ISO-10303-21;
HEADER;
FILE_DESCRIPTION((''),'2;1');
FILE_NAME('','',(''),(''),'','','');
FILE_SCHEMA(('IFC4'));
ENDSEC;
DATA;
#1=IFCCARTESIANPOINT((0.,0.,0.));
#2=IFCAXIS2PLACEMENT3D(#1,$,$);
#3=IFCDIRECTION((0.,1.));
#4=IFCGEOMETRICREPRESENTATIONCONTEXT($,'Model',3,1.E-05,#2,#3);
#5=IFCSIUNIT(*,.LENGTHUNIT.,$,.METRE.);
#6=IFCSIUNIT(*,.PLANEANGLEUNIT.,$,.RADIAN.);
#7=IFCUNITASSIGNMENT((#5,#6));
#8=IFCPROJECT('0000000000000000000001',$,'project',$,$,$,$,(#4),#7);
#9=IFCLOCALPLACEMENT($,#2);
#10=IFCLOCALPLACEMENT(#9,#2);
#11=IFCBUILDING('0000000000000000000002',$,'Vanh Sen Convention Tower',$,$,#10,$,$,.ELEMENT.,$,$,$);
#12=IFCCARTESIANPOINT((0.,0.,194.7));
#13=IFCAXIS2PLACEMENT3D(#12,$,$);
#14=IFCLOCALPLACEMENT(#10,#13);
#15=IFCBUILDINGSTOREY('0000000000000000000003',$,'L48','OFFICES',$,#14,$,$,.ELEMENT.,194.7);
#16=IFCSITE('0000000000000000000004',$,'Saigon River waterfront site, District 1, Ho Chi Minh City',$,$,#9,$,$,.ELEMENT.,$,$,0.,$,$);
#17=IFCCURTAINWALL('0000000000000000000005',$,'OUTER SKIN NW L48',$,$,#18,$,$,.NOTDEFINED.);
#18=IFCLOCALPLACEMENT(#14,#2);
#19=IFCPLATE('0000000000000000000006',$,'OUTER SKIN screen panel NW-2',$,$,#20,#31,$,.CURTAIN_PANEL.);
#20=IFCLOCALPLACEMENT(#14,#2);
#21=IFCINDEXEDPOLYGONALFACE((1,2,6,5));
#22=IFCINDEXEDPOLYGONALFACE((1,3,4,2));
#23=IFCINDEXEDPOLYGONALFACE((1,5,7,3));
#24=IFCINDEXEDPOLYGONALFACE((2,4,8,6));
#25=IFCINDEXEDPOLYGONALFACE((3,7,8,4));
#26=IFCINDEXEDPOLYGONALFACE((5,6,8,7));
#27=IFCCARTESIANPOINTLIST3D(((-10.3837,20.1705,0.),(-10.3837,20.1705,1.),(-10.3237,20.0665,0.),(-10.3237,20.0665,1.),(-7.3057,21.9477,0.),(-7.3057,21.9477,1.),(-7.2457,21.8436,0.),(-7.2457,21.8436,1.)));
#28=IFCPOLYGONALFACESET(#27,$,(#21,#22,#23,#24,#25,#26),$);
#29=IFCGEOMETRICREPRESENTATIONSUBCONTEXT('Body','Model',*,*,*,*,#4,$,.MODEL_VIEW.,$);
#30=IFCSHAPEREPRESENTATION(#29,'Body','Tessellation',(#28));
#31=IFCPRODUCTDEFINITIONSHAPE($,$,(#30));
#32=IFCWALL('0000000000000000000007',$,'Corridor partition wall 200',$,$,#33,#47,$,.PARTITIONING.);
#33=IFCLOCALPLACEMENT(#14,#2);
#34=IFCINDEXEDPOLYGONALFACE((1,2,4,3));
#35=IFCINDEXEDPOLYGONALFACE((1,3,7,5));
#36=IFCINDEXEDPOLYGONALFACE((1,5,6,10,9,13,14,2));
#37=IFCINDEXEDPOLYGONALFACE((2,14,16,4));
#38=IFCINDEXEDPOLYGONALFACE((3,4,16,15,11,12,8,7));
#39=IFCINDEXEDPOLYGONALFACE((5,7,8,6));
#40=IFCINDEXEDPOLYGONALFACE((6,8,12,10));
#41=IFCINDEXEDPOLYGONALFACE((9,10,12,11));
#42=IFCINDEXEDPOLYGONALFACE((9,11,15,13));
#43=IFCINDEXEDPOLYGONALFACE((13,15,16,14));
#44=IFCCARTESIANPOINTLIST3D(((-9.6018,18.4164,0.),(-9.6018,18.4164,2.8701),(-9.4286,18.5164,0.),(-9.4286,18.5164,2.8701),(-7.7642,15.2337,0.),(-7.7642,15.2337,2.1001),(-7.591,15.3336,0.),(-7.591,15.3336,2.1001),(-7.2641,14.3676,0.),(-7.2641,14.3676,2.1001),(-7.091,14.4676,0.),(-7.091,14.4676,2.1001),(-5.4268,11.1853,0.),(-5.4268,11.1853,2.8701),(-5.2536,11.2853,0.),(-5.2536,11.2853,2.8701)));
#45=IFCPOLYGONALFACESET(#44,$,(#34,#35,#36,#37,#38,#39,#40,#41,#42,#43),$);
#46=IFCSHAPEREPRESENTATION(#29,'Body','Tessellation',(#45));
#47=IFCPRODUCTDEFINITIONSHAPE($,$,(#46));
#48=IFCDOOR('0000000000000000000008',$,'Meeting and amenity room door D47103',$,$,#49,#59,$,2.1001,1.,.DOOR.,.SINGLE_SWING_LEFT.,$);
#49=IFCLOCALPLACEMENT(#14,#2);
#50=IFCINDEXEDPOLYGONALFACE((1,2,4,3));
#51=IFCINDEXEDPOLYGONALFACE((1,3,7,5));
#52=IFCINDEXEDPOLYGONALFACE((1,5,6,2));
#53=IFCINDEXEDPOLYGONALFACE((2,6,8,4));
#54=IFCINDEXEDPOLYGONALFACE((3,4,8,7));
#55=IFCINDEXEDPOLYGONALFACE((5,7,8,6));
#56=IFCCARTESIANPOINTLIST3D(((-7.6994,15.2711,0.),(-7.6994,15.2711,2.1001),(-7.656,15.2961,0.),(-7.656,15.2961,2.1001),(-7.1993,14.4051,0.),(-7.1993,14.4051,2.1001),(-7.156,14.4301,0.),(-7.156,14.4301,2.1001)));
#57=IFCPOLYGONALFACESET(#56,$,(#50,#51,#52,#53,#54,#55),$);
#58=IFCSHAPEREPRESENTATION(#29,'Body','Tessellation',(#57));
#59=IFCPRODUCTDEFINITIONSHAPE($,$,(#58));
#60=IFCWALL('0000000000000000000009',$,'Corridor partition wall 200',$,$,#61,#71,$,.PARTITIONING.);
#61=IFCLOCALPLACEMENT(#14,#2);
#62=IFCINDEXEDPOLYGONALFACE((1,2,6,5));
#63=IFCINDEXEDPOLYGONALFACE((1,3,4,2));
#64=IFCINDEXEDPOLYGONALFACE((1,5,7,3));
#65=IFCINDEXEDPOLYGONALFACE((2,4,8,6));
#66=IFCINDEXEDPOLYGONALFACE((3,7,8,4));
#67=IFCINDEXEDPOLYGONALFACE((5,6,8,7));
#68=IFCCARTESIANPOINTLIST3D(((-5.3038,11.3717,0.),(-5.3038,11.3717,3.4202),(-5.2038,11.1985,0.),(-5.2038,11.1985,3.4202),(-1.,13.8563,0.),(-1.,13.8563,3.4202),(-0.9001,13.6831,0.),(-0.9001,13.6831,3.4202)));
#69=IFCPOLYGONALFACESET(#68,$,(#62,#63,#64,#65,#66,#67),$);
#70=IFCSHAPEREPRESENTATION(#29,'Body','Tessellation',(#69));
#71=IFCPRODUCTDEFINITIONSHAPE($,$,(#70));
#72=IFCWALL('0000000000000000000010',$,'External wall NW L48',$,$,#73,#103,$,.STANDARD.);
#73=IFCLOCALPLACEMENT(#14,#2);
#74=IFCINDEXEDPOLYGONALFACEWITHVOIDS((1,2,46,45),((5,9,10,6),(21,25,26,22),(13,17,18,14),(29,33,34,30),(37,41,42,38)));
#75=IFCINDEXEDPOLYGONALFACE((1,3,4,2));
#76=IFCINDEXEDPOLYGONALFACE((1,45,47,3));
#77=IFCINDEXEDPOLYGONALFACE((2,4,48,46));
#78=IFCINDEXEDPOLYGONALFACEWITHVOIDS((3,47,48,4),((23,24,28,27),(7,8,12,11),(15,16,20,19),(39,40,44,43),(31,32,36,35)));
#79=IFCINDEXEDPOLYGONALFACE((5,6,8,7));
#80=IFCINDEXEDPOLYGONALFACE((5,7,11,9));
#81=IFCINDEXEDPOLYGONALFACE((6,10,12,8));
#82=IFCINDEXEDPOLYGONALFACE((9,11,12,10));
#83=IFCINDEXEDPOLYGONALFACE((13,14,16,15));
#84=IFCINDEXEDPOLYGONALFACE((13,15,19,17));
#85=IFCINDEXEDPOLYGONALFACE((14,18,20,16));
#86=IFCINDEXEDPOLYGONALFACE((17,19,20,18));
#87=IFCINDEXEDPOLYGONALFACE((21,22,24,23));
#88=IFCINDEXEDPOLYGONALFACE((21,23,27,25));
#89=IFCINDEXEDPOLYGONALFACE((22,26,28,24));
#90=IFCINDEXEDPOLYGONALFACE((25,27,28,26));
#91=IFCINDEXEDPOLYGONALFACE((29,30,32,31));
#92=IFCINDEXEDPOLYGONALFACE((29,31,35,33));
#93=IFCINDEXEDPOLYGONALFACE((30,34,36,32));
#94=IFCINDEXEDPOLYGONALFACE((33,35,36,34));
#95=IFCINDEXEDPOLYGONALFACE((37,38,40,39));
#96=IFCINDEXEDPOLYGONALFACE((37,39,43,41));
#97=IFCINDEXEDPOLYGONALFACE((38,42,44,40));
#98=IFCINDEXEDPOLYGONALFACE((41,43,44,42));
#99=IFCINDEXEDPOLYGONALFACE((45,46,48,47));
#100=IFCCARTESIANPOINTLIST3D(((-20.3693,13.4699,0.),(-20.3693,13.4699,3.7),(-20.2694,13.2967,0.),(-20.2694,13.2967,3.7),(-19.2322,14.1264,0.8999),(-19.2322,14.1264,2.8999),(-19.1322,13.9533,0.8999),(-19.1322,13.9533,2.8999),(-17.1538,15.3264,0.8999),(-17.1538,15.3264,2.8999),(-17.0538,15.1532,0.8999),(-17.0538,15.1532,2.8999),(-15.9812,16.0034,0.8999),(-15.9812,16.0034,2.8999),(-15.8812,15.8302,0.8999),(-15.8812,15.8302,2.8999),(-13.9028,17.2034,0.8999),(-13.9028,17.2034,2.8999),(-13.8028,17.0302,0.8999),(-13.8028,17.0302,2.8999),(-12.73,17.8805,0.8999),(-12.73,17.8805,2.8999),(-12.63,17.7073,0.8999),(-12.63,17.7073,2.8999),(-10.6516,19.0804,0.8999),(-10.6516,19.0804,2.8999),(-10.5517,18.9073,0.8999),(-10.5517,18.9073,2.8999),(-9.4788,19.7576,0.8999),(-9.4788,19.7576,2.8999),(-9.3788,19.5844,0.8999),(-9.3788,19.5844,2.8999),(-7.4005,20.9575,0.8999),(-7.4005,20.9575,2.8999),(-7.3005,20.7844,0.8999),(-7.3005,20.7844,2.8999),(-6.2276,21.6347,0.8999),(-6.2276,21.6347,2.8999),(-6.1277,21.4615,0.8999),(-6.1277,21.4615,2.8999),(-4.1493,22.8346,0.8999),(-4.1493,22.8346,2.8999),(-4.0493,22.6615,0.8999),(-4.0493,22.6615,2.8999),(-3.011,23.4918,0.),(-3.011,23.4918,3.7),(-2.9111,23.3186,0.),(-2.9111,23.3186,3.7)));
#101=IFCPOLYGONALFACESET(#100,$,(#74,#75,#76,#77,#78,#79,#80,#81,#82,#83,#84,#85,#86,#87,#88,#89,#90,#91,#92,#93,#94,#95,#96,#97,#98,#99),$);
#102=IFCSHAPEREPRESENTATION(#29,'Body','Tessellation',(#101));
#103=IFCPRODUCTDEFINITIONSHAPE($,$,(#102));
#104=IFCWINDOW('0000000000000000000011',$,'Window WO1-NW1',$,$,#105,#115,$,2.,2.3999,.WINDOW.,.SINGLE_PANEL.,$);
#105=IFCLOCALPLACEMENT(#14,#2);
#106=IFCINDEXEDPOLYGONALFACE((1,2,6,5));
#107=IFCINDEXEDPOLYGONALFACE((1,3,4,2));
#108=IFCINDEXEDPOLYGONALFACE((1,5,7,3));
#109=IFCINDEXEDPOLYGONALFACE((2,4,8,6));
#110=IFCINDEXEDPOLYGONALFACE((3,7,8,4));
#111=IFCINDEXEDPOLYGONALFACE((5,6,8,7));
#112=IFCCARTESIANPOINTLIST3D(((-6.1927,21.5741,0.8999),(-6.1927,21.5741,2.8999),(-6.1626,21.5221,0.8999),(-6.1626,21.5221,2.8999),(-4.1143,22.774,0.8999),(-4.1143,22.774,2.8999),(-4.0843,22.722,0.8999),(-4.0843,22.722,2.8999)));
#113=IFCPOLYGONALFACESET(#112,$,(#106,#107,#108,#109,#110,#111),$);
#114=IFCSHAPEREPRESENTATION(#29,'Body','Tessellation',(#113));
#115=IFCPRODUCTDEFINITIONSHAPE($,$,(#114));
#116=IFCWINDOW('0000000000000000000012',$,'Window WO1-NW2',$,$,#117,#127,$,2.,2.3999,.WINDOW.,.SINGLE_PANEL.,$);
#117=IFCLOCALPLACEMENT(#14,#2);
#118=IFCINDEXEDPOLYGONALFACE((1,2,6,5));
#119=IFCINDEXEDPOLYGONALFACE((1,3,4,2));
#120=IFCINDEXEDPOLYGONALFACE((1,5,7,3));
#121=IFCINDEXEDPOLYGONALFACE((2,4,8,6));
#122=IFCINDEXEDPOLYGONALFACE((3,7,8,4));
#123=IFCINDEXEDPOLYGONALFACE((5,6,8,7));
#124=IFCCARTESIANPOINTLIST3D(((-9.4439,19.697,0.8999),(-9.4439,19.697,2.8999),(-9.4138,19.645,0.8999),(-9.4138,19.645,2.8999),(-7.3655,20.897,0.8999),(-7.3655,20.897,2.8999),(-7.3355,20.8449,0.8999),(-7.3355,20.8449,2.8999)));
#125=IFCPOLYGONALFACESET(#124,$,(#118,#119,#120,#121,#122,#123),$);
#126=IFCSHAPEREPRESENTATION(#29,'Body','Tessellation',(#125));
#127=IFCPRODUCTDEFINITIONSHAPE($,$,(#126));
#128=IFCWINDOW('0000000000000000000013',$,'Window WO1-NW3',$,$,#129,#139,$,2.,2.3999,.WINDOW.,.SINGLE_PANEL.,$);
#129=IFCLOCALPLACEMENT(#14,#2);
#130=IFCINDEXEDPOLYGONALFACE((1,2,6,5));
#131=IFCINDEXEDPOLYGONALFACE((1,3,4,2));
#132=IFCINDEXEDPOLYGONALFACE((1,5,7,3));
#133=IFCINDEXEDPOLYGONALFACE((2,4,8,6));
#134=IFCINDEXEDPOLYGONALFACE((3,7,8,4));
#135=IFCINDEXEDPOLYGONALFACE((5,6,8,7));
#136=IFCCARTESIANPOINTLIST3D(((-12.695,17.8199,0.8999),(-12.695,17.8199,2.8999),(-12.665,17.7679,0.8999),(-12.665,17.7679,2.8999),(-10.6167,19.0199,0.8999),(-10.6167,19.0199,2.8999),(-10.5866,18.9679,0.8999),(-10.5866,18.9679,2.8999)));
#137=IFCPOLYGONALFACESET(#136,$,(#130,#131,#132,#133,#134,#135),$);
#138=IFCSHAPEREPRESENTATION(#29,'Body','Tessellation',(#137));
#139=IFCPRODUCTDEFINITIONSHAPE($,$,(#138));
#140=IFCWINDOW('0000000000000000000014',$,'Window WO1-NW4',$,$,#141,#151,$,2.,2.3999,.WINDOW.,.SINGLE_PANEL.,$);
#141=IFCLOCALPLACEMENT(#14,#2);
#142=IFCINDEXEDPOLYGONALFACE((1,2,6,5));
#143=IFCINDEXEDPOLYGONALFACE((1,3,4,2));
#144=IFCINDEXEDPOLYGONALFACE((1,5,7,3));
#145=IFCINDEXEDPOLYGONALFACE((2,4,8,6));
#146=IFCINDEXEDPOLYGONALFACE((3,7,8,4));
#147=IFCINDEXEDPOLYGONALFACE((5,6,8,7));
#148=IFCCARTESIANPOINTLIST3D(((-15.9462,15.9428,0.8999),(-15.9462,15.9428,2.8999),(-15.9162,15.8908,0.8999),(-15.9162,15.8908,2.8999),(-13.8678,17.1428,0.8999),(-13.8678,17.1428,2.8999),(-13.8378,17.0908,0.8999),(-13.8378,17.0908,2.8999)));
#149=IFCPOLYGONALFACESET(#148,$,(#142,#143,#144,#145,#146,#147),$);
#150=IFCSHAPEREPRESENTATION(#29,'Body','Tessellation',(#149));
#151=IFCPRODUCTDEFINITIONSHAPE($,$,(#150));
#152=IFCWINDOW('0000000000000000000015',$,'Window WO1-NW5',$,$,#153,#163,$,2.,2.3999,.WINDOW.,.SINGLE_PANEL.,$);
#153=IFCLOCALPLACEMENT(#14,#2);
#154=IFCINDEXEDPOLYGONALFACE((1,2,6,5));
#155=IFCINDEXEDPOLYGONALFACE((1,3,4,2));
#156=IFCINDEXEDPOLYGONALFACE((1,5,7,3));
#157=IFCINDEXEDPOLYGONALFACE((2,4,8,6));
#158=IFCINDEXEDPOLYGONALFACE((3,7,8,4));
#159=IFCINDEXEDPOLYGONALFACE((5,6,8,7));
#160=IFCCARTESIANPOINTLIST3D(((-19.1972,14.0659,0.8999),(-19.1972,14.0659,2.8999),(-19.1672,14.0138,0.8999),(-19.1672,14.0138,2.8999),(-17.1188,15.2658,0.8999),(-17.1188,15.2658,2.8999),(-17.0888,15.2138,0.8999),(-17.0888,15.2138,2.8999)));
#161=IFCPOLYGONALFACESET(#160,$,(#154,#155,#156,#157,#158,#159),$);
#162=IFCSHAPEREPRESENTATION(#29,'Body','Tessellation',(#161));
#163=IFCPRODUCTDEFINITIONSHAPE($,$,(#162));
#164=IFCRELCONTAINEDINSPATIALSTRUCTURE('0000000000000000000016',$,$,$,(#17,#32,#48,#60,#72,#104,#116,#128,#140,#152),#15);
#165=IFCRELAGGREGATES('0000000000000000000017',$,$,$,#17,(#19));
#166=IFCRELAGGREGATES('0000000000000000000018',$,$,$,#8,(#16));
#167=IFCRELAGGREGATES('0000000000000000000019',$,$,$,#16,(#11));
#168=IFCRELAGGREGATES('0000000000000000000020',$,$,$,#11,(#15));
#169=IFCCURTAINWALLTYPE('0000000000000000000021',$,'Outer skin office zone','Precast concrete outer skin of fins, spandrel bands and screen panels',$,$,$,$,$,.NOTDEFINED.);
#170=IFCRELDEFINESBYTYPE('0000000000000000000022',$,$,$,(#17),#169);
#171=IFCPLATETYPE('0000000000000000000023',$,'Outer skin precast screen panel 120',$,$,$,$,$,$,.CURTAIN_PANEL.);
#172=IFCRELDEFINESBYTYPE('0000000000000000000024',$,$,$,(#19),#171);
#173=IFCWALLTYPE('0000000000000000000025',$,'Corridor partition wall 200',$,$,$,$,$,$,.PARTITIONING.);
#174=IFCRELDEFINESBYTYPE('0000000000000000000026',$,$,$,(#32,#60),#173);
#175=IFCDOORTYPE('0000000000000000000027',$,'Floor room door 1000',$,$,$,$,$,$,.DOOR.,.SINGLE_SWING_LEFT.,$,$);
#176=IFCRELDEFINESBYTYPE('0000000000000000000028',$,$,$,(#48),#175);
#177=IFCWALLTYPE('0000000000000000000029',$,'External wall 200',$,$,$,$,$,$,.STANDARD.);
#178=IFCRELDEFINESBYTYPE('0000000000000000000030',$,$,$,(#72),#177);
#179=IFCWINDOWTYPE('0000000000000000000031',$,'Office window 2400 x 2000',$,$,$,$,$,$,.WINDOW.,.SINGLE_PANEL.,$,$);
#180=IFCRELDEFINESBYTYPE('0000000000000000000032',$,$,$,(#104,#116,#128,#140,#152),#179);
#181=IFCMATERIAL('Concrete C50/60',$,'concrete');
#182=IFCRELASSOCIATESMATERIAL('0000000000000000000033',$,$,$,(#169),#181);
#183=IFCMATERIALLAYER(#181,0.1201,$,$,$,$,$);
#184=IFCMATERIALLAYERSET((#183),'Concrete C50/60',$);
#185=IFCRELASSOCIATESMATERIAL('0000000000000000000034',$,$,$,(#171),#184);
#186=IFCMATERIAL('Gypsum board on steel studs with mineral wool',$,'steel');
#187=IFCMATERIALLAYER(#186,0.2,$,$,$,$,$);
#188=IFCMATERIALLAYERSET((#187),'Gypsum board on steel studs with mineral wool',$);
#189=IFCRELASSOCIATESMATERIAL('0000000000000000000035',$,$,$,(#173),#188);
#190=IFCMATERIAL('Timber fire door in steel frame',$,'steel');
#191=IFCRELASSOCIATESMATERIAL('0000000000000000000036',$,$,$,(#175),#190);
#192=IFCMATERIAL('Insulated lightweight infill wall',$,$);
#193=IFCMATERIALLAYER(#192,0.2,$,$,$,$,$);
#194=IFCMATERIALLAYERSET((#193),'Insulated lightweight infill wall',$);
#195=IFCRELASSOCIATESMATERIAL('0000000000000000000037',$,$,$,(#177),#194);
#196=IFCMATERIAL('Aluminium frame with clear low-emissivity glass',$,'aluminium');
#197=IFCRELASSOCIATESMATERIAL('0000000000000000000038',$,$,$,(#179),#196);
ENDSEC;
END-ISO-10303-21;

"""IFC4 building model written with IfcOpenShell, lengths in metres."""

from ifc_helpers import new_model, si_unit, direction, frame, frame_2d, origin, origin_2d, place, context, subcontext, project, spatial, rectangle, extrude, material, layer, layer_set, type_object, element, fill, aggregate, save


model = new_model("IFC4")

# Units and contexts
model_context = context("Model", 3, precision=1e-05, world=origin(), true_north=direction((0.0, 1.0)))
body_context = subcontext(model_context, "Body", "Model", "MODEL_VIEW")
ifc_project = project(units=[si_unit("LENGTHUNIT", "METRE"), si_unit("PLANEANGLEUNIT", "RADIAN")], contexts=[model_context])

# Site, building, storey
site_placement = place(None, origin())
site = spatial("IfcSite", under=ifc_project, at=site_placement, Name="Saigon River waterfront site, District 1, Ho Chi Minh City", CompositionType="ELEMENT", RefElevation=0.0)
building_placement = place(site_placement, origin())
building = spatial("IfcBuilding", under=site, at=building_placement, Name="Vanh Sen Convention Tower", CompositionType="ELEMENT")
storey_placement = place(building_placement, frame((0.0, 0.0, 194.7)))
storey = spatial("IfcBuildingStorey", under=building, at=storey_placement, Name="L48", Description="OFFICES", CompositionType="ELEMENT", Elevation=194.7)

# Curtain wall
ifc_material_1 = material(Name="Concrete C50/60", Category="concrete")
curtain_wall_type = type_object("IfcCurtainWallType", Name="Outer skin office zone", Description="Precast concrete outer skin of fins, spandrel bands and screen panels", PredefinedType="NOTDEFINED", material=ifc_material_1)
curtain_wall_1_placement = place(storey_placement, origin())
curtain_wall_1 = element("IfcCurtainWall", 1, at=curtain_wall_1_placement, inside=storey, type_object=curtain_wall_type, Name="OUTER SKIN NW L48", PredefinedType="NOTDEFINED")

# Shared definitions
ifc_layer_1 = layer(ifc_material_1, 0.1201)
ifc_layer_set_1 = layer_set([ifc_layer_1], Name="Concrete C50/60")
plate_type = type_object("IfcPlateType", Name="Outer skin precast screen panel 120", PredefinedType="CURTAIN_PANEL", material=ifc_layer_set_1)

# Plate
plate_1_placement = place(storey_placement, frame((-8.8147, 21.0071, 0.0), z_axis=(0.0, 0.0, 1.0), x_axis=(-0.866017, -0.500015, 0.0)))
plate_1 = element("IfcPlate", 2, at=plate_1_placement, type_object=plate_type, Name="OUTER SKIN screen panel NW-2", PredefinedType="CURTAIN_PANEL", context=body_context, shape_type="SweptSolid", body=[
    extrude(rectangle(XDim=3.5542, YDim=0.1201, at=origin_2d()), origin(), (0.0, 0.0, 1.0), 1.0),
])
aggregate(curtain_wall_1, [plate_1])

# Wall, opening, door
ifc_material_2 = material(Name="Gypsum board on steel studs with mineral wool", Category="steel")
ifc_layer_2 = layer(ifc_material_2, 0.2)
ifc_layer_set_2 = layer_set([ifc_layer_2], Name="Gypsum board on steel studs with mineral wool")
wall_type_1 = type_object("IfcWallType", Name="Corridor partition wall 200", PredefinedType="PARTITIONING", material=ifc_layer_set_2)
wall_1_placement = place(storey_placement, frame((-9.5151, 18.4663, 0.0), z_axis=(0.0, 0.0, 1.0), x_axis=(0.50001, -0.86602, 0.0)))
wall_1 = element("IfcWall", 3, at=wall_1_placement, inside=storey, type_object=wall_type_1, Name="Corridor partition wall 200", PredefinedType="PARTITIONING", context=body_context, shape_type="SweptSolid", body=[
    extrude(rectangle(XDim=8.3499, YDim=0.2, at=frame_2d((4.1748, 0.0))), origin(), (0.0, 0.0, 1.0), 2.8701),
])
opening_1_placement = place(wall_1_placement, frame((3.675, 0.0, 0.0)))
opening_1 = element("IfcOpeningElement", 4, at=opening_1_placement, cuts=wall_1, PredefinedType="OPENING", context=body_context, shape_type="SweptSolid", body=[
    extrude(rectangle(XDim=1.0, YDim=2.1001, at=frame_2d((0.5, 1.05))), frame((0.0, 0.1099, 0.0), z_axis=(0.0, -1.0, 0.0), x_axis=(1.0, 0.0, 0.0)), (0.0, 0.0, 1.0), 0.22),
])
ifc_material_3 = material(Name="Timber fire door in steel frame", Category="steel")
door_type = type_object("IfcDoorType", Name="Floor room door 1000", OperationType="SINGLE_SWING_LEFT", PredefinedType="DOOR", material=ifc_material_3)
door_placement = place(opening_1_placement, origin())
door = element("IfcDoor", 5, at=door_placement, inside=storey, type_object=door_type, Name="Meeting and amenity room door D47103", OperationType="SINGLE_SWING_LEFT", OverallHeight=2.1001, OverallWidth=1.0, PredefinedType="DOOR", context=body_context, shape_type="SweptSolid", body=[
    extrude(rectangle(XDim=1.0, YDim=2.1001, at=frame_2d((0.5, 1.05))), frame((0.0, 0.0249, 0.0), z_axis=(0.0, -1.0, 0.0), x_axis=(1.0, 0.0, 0.0)), (0.0, 0.0, 1.0), 0.05),
])
fill(opening_1, door)

# Wall
wall_2_placement = place(storey_placement, frame((-0.95, 13.7698, 0.0), z_axis=(0.0, 0.0, 1.0), x_axis=(-0.866037, -0.49998, 0.0)))
element("IfcWall", 6, at=wall_2_placement, inside=storey, type_object=wall_type_1, Name="Corridor partition wall 200", PredefinedType="PARTITIONING", context=body_context, shape_type="SweptSolid", body=[
    extrude(rectangle(XDim=4.9695, YDim=0.2, at=frame_2d((2.4849, 0.0))), origin(), (0.0, 0.0, 1.0), 3.4202),
])

# Wall, openings, windows
ifc_material_4 = material(Name="Insulated lightweight infill wall")
ifc_layer_3 = layer(ifc_material_4, 0.2)
ifc_layer_set_3 = layer_set([ifc_layer_3], Name="Insulated lightweight infill wall")
wall_type_2 = type_object("IfcWallType", Name="External wall 200", PredefinedType="STANDARD", material=ifc_layer_set_3)
wall_3_placement = place(storey_placement, frame((-2.9609, 23.4053, 0.0), z_axis=(0.0, 0.0, 1.0), x_axis=(-0.866023, -0.500004, 0.0)))
wall_3 = element("IfcWall", 7, at=wall_3_placement, inside=storey, type_object=wall_type_2, Name="External wall NW L48", PredefinedType="STANDARD", context=body_context, shape_type="SweptSolid", body=[
    extrude(rectangle(XDim=20.0437, YDim=0.2, at=frame_2d((10.022, 0.0))), origin(), (0.0, 0.0, 1.0), 3.7),
])
opening_2_placement = place(wall_3_placement, frame((1.3145, 0.0, 0.8999)))
opening_2 = element("IfcOpeningElement", 8, at=opening_2_placement, cuts=wall_3, PredefinedType="OPENING", context=body_context, shape_type="SweptSolid", body=[
    extrude(rectangle(XDim=2.3999, YDim=2.0, at=frame_2d((1.2, 1.0))), frame((0.0, 0.1099, 0.0), z_axis=(0.0, -1.0, 0.0), x_axis=(1.0, 0.0, 0.0)), (0.0, 0.0, 1.0), 0.22),
])
opening_3_placement = place(wall_3_placement, frame((5.0686, 0.0, 0.8999)))
opening_3 = element("IfcOpeningElement", 9, at=opening_3_placement, cuts=wall_3, PredefinedType="OPENING", context=body_context, shape_type="SweptSolid", body=[
    extrude(rectangle(XDim=2.3999, YDim=2.0, at=frame_2d((1.2, 1.0))), frame((0.0, 0.1099, 0.0), z_axis=(0.0, -1.0, 0.0), x_axis=(1.0, 0.0, 0.0)), (0.0, 0.0, 1.0), 0.22),
])
opening_4_placement = place(wall_3_placement, frame((8.8228, 0.0, 0.8999)))
opening_4 = element("IfcOpeningElement", 10, at=opening_4_placement, cuts=wall_3, PredefinedType="OPENING", context=body_context, shape_type="SweptSolid", body=[
    extrude(rectangle(XDim=2.3999, YDim=2.0, at=frame_2d((1.2, 1.0))), frame((0.0, 0.1099, 0.0), z_axis=(0.0, -1.0, 0.0), x_axis=(1.0, 0.0, 0.0)), (0.0, 0.0, 1.0), 0.22),
])
opening_5_placement = place(wall_3_placement, frame((12.5769, 0.0, 0.8999)))
opening_5 = element("IfcOpeningElement", 11, at=opening_5_placement, cuts=wall_3, PredefinedType="OPENING", context=body_context, shape_type="SweptSolid", body=[
    extrude(rectangle(XDim=2.3999, YDim=2.0, at=frame_2d((1.2, 1.0))), frame((0.0, 0.1099, 0.0), z_axis=(0.0, -1.0, 0.0), x_axis=(1.0, 0.0, 0.0)), (0.0, 0.0, 1.0), 0.22),
])
opening_6_placement = place(wall_3_placement, frame((16.3308, 0.0, 0.8999)))
opening_6 = element("IfcOpeningElement", 12, at=opening_6_placement, cuts=wall_3, PredefinedType="OPENING", context=body_context, shape_type="SweptSolid", body=[
    extrude(rectangle(XDim=2.3999, YDim=2.0, at=frame_2d((1.2, 1.0))), frame((0.0, 0.1099, 0.0), z_axis=(0.0, -1.0, 0.0), x_axis=(1.0, 0.0, 0.0)), (0.0, 0.0, 1.0), 0.22),
])
ifc_material_5 = material(Name="Aluminium frame with clear low-emissivity glass", Category="aluminium")
window_type = type_object("IfcWindowType", Name="Office window 2400 x 2000", PartitioningType="SINGLE_PANEL", PredefinedType="WINDOW", material=ifc_material_5)
window_1_placement = place(opening_2_placement, origin())
window_1 = element("IfcWindow", 13, at=window_1_placement, inside=storey, type_object=window_type, Name="Window WO1-NW1", OverallHeight=2.0, OverallWidth=2.3999, PartitioningType="SINGLE_PANEL", PredefinedType="WINDOW", context=body_context, shape_type="SweptSolid", body=[
    extrude(rectangle(XDim=2.3999, YDim=2.0, at=frame_2d((1.2, 1.0))), frame((0.0, 0.03, 0.0), z_axis=(0.0, -1.0, 0.0), x_axis=(1.0, 0.0, 0.0)), (0.0, 0.0, 1.0), 0.0601),
])
fill(opening_2, window_1)
window_2_placement = place(opening_3_placement, origin())
window_2 = element("IfcWindow", 14, at=window_2_placement, inside=storey, type_object=window_type, Name="Window WO1-NW2", OverallHeight=2.0, OverallWidth=2.3999, PartitioningType="SINGLE_PANEL", PredefinedType="WINDOW", context=body_context, shape_type="SweptSolid", body=[
    extrude(rectangle(XDim=2.3999, YDim=2.0, at=frame_2d((1.2, 1.0))), frame((0.0, 0.03, 0.0), z_axis=(0.0, -1.0, 0.0), x_axis=(1.0, 0.0, 0.0)), (0.0, 0.0, 1.0), 0.0601),
])
fill(opening_3, window_2)
window_3_placement = place(opening_4_placement, origin())
window_3 = element("IfcWindow", 15, at=window_3_placement, inside=storey, type_object=window_type, Name="Window WO1-NW3", OverallHeight=2.0, OverallWidth=2.3999, PartitioningType="SINGLE_PANEL", PredefinedType="WINDOW", context=body_context, shape_type="SweptSolid", body=[
    extrude(rectangle(XDim=2.3999, YDim=2.0, at=frame_2d((1.2, 1.0))), frame((0.0, 0.03, 0.0), z_axis=(0.0, -1.0, 0.0), x_axis=(1.0, 0.0, 0.0)), (0.0, 0.0, 1.0), 0.0601),
])
fill(opening_4, window_3)
window_4_placement = place(opening_5_placement, origin())
window_4 = element("IfcWindow", 16, at=window_4_placement, inside=storey, type_object=window_type, Name="Window WO1-NW4", OverallHeight=2.0, OverallWidth=2.3999, PartitioningType="SINGLE_PANEL", PredefinedType="WINDOW", context=body_context, shape_type="SweptSolid", body=[
    extrude(rectangle(XDim=2.3999, YDim=2.0, at=frame_2d((1.2, 1.0))), frame((0.0, 0.03, 0.0), z_axis=(0.0, -1.0, 0.0), x_axis=(1.0, 0.0, 0.0)), (0.0, 0.0, 1.0), 0.0601),
])
fill(opening_5, window_4)
window_5_placement = place(opening_6_placement, origin())
window_5 = element("IfcWindow", 17, at=window_5_placement, inside=storey, type_object=window_type, Name="Window WO1-NW5", OverallHeight=2.0, OverallWidth=2.3999, PartitioningType="SINGLE_PANEL", PredefinedType="WINDOW", context=body_context, shape_type="SweptSolid", body=[
    extrude(rectangle(XDim=2.3999, YDim=2.0, at=frame_2d((1.2, 1.0))), frame((0.0, 0.03, 0.0), z_axis=(0.0, -1.0, 0.0), x_axis=(1.0, 0.0, 0.0)), (0.0, 0.0, 1.0), 0.0601),
])
fill(opening_6, window_5)

save(model, "model.ifc")
